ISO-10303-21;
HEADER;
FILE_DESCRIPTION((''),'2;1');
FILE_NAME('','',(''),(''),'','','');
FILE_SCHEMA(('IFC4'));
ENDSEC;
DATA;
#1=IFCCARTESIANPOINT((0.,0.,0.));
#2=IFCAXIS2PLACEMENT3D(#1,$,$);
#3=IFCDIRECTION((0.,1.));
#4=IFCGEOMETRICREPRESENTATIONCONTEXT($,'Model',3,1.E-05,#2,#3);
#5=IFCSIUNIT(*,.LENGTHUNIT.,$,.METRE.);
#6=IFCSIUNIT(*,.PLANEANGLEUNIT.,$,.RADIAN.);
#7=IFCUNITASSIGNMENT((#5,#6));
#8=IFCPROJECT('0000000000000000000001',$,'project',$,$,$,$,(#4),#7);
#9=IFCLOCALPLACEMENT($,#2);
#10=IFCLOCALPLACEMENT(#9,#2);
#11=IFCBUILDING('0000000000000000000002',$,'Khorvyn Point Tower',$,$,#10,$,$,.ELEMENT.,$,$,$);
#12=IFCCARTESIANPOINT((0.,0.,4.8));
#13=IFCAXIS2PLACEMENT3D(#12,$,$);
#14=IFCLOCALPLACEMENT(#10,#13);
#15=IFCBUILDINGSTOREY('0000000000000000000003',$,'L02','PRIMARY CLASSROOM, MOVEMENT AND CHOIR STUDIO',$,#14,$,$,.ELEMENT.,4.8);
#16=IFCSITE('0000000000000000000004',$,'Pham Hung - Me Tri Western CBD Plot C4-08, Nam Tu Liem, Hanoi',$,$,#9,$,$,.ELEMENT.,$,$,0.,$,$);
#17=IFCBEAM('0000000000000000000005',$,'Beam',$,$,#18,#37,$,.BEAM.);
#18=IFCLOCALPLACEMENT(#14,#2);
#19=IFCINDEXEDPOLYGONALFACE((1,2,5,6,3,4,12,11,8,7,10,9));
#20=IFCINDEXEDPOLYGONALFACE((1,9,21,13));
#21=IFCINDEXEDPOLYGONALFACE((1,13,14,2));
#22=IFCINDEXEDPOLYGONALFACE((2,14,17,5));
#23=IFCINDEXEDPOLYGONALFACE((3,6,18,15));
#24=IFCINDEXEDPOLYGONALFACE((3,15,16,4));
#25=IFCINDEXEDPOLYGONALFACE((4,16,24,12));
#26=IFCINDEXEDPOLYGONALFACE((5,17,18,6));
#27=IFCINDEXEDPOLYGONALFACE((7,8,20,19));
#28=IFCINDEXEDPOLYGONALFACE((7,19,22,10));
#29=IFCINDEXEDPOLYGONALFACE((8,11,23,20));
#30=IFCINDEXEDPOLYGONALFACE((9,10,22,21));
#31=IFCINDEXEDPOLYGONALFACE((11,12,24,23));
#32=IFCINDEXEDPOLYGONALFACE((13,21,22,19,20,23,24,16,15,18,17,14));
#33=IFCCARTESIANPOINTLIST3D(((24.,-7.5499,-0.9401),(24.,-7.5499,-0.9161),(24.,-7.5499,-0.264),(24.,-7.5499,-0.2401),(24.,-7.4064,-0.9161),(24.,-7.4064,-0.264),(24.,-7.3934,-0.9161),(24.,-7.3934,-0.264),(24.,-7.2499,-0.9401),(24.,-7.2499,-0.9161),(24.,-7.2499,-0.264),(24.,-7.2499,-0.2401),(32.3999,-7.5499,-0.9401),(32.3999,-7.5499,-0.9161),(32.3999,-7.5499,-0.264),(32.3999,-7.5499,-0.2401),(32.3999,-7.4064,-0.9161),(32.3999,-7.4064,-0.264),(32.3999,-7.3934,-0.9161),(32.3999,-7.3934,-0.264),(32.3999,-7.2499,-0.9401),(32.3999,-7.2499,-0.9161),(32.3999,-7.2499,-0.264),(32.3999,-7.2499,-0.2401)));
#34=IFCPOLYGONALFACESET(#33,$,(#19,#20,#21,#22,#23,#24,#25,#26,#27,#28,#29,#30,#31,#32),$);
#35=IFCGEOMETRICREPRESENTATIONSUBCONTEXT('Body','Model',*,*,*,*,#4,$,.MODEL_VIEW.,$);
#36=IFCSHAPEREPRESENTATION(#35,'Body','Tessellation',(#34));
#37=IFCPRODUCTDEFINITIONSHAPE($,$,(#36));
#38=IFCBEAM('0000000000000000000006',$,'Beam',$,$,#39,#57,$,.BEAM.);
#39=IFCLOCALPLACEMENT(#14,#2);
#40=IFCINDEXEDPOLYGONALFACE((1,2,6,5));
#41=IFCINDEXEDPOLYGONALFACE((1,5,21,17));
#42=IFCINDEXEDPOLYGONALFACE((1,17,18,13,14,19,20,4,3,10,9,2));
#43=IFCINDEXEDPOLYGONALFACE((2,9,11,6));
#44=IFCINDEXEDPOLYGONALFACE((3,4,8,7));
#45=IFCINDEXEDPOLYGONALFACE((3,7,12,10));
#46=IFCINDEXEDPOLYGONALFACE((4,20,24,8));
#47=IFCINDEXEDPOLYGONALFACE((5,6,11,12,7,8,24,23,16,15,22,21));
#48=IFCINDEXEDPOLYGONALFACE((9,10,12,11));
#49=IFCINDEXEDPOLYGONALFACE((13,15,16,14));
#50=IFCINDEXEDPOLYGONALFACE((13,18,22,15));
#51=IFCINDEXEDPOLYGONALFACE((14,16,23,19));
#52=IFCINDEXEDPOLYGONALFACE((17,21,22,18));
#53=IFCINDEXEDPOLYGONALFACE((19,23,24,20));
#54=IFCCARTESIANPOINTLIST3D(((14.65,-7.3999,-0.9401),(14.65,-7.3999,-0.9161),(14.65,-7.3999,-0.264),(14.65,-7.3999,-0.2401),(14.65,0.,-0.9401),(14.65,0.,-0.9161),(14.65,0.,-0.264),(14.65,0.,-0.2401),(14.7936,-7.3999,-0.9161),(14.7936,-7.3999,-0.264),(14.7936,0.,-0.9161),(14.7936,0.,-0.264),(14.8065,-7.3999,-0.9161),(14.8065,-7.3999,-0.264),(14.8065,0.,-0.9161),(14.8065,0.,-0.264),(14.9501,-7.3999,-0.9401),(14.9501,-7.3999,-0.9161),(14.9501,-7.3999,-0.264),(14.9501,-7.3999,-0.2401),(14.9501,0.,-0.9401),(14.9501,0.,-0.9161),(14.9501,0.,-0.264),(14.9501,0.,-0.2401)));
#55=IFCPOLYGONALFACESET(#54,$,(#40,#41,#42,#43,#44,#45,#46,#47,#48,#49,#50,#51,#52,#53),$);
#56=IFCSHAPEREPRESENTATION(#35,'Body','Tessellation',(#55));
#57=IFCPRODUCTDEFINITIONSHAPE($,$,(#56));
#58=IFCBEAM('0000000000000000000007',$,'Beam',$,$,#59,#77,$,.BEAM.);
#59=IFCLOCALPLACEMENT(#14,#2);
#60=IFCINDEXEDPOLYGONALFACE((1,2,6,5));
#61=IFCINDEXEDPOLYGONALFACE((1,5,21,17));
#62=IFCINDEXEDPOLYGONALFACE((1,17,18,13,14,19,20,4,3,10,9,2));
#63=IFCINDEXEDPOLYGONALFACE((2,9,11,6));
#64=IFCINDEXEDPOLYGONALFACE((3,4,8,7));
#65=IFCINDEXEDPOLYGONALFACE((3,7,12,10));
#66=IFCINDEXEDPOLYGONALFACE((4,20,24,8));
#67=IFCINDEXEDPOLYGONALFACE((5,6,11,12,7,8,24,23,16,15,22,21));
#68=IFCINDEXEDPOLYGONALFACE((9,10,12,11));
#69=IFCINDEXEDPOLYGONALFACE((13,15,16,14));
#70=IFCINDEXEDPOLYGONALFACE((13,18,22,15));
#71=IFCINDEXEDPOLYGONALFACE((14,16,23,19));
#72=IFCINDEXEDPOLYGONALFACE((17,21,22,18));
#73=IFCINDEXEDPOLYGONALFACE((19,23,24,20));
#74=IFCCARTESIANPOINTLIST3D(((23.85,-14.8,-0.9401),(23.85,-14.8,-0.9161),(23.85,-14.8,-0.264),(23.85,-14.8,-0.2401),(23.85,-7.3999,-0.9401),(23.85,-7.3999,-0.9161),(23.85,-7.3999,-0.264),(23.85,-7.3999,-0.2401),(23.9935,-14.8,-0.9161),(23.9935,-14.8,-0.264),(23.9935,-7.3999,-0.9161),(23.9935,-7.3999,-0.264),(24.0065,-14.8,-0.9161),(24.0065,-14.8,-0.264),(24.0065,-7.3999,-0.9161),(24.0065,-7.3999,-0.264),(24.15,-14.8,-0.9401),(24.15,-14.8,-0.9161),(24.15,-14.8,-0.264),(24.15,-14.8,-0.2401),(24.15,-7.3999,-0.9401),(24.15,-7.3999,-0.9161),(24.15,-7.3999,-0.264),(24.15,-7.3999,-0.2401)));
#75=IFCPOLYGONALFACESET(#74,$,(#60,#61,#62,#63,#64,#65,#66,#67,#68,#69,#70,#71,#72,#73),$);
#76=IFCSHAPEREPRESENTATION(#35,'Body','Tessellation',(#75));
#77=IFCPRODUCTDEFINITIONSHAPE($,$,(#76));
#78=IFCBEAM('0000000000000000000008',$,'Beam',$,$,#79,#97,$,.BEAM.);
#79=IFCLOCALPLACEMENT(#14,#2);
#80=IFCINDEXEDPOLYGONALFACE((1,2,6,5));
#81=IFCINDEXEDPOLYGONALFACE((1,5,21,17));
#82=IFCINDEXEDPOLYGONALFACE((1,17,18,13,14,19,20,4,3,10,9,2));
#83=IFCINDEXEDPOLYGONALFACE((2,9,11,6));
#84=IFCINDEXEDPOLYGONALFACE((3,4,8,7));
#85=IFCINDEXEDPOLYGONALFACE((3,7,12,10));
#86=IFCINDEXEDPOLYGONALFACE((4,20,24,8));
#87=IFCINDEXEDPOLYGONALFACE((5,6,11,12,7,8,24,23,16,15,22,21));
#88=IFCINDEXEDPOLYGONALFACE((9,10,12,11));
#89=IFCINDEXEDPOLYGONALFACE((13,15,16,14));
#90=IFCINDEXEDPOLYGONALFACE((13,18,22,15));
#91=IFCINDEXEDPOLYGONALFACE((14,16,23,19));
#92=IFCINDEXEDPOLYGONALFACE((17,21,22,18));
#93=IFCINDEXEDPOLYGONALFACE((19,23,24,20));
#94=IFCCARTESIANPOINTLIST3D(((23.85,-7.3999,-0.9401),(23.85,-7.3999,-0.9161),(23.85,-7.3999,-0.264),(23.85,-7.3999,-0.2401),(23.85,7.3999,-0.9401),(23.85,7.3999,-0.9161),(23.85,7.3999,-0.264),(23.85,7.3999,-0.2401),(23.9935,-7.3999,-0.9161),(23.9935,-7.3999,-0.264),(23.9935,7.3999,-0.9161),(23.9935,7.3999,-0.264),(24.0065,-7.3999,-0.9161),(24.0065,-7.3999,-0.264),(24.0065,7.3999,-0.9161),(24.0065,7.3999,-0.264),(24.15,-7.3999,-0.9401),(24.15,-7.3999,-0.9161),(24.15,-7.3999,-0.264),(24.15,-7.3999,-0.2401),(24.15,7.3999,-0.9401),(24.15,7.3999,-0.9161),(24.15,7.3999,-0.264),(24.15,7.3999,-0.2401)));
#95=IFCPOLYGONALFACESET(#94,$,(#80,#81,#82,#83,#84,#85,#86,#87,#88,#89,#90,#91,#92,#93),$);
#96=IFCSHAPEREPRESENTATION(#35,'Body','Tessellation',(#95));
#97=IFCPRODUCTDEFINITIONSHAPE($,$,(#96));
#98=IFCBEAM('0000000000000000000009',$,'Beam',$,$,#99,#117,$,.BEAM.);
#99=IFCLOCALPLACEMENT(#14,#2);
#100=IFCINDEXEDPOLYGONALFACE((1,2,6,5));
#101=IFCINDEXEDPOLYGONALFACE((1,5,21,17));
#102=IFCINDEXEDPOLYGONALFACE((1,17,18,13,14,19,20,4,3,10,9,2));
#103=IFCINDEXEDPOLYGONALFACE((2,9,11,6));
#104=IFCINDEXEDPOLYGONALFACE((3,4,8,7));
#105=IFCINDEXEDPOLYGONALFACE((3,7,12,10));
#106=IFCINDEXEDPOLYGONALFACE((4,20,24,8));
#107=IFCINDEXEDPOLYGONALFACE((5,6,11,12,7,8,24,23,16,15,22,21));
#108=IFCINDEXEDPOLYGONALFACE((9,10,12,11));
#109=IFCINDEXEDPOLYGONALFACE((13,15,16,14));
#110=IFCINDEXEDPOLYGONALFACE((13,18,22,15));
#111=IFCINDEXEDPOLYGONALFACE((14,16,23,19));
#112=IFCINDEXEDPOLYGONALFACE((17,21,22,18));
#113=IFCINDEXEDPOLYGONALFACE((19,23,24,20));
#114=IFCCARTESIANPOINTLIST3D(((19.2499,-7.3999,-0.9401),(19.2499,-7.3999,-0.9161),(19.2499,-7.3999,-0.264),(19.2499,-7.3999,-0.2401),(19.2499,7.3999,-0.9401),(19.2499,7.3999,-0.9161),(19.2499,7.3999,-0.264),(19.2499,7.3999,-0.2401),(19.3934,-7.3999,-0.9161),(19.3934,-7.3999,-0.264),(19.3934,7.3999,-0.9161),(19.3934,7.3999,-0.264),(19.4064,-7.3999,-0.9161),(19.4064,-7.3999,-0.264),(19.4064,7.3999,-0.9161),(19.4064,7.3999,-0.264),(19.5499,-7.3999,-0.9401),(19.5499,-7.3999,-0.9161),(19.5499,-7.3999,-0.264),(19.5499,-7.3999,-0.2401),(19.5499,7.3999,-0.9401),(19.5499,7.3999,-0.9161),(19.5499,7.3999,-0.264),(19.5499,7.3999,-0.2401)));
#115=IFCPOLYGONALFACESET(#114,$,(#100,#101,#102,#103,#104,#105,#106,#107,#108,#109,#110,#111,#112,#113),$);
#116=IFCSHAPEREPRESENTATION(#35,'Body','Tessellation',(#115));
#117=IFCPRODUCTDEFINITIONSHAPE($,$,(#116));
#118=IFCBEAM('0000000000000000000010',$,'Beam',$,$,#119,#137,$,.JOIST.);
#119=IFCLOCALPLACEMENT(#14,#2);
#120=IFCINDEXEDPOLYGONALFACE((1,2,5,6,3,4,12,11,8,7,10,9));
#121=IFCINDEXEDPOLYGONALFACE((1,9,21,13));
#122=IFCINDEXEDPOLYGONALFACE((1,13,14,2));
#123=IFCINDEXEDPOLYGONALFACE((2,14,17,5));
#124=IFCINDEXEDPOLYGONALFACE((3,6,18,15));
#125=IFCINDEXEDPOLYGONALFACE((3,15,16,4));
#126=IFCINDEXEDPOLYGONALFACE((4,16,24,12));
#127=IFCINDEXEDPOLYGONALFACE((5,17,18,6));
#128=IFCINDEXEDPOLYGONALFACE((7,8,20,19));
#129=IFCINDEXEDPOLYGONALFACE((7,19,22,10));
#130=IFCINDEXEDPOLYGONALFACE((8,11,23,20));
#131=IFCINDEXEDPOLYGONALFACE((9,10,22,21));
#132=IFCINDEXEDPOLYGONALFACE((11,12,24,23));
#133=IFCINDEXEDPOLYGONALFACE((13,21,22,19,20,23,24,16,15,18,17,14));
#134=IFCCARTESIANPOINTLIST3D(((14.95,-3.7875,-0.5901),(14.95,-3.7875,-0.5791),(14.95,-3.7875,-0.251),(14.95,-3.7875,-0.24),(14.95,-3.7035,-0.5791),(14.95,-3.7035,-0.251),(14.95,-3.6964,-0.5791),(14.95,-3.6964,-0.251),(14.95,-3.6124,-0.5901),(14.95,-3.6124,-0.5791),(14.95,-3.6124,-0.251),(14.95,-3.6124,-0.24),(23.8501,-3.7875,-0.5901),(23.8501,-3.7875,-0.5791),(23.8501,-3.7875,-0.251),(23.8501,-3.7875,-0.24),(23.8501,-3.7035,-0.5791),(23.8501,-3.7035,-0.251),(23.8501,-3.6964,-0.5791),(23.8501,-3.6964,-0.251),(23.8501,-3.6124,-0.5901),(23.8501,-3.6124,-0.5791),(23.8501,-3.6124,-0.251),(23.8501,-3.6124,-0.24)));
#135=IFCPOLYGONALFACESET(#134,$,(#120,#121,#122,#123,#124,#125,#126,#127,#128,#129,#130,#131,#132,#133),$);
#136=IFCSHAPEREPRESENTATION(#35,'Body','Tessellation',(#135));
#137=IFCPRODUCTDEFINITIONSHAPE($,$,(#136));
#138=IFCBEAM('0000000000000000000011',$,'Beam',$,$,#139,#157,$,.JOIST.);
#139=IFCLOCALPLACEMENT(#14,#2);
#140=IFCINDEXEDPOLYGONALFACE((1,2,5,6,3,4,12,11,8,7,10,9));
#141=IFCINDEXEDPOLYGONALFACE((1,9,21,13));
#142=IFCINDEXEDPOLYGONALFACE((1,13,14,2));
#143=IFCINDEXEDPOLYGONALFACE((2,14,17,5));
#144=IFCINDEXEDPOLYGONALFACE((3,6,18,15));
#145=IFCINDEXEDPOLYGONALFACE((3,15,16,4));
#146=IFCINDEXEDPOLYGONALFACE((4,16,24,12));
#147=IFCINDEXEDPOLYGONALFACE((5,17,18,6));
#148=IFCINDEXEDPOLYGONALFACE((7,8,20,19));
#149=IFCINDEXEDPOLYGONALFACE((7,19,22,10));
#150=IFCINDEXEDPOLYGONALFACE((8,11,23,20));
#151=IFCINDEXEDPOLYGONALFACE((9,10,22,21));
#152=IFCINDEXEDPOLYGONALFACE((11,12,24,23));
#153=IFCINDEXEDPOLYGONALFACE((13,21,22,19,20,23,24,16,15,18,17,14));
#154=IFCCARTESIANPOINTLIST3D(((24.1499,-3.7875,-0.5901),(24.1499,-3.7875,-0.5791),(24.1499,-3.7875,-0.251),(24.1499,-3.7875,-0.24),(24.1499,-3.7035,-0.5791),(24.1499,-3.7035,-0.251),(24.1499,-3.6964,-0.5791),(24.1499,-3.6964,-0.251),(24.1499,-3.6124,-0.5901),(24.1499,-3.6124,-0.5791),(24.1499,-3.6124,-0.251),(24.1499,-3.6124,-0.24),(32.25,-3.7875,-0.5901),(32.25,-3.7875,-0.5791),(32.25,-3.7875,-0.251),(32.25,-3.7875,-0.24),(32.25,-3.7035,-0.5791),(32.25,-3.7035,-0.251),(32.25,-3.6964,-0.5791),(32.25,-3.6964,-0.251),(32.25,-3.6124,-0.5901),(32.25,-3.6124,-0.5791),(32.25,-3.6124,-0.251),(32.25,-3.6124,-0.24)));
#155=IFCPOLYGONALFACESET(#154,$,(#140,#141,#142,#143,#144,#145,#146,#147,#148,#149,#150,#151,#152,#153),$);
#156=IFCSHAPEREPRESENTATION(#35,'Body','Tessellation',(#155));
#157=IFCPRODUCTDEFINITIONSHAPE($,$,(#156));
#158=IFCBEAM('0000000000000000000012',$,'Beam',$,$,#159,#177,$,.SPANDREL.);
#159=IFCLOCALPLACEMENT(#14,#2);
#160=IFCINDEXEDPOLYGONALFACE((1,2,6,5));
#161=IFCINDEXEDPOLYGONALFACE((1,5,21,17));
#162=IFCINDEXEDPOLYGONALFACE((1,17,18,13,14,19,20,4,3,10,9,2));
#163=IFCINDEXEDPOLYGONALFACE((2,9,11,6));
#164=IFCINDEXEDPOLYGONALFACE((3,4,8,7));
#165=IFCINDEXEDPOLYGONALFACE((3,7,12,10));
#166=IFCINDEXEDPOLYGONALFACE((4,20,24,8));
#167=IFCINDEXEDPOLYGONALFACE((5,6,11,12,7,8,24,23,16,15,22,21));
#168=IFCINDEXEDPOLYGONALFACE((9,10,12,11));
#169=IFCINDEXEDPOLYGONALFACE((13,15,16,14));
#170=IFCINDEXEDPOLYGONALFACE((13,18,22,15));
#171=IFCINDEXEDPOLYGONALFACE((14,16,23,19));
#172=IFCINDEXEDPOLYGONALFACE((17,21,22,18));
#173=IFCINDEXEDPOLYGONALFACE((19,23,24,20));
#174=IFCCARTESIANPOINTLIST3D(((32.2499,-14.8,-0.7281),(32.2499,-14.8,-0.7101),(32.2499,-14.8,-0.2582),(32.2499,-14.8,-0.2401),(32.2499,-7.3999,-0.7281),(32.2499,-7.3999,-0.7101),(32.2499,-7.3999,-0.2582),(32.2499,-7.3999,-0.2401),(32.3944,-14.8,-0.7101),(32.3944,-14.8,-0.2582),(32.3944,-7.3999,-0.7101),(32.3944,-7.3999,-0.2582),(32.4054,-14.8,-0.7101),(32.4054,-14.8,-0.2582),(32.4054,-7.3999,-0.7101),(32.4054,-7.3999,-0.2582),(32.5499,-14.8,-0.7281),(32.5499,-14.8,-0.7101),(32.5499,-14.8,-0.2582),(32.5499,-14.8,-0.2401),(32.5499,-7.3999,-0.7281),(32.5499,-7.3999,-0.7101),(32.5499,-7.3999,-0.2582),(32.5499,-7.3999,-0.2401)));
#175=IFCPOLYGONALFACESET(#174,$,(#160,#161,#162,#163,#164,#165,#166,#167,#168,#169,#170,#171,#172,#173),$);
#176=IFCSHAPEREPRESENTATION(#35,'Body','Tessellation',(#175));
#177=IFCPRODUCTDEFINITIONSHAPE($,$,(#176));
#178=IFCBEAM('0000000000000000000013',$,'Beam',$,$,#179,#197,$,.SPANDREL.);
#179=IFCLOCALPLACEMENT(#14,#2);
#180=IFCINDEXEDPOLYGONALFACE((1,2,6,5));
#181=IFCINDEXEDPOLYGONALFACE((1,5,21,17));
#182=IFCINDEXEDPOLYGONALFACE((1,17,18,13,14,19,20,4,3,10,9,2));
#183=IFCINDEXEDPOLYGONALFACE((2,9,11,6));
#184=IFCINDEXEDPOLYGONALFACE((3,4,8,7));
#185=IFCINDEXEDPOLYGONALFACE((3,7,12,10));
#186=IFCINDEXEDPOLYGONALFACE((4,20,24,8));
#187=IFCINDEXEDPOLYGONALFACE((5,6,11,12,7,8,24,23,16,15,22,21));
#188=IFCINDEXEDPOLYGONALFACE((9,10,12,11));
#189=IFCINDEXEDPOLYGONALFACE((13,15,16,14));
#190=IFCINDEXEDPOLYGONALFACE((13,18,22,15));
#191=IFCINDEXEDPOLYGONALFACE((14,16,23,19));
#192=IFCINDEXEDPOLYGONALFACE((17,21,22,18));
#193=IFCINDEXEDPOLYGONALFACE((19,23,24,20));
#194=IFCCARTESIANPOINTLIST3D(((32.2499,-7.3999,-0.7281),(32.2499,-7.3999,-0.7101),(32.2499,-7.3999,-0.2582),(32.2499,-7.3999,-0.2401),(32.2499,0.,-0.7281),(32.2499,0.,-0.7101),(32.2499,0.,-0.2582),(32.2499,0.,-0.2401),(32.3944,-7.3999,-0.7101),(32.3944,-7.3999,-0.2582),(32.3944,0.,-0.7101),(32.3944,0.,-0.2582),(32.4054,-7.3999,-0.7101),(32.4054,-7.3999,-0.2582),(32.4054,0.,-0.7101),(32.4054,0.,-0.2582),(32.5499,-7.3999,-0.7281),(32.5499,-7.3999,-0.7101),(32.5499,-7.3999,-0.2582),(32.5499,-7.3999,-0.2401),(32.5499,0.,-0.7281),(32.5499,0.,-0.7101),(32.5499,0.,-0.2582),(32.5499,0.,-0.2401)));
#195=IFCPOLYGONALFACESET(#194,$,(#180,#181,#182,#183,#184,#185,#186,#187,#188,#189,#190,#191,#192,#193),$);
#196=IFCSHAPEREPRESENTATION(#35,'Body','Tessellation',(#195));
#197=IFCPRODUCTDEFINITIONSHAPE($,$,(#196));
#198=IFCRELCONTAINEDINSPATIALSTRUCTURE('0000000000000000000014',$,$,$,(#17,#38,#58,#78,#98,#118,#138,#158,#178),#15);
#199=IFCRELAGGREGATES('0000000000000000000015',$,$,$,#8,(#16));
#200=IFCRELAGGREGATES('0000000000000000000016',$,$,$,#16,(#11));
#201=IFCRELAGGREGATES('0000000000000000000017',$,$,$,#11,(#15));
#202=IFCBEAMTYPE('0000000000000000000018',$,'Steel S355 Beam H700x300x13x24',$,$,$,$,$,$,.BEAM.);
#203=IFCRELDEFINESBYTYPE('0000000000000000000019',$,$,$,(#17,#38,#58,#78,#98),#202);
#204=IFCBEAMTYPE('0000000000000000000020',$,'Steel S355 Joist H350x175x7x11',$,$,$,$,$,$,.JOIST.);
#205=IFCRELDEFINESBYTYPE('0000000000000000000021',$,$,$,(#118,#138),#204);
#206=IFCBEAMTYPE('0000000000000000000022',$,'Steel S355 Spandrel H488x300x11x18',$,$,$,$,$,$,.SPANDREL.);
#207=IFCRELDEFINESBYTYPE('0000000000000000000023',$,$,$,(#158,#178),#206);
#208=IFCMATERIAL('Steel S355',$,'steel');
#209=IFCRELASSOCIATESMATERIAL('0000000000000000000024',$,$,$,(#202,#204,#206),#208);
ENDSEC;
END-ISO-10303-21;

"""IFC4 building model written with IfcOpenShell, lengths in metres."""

from ifc_helpers import new_model, si_unit, direction, frame, origin, origin_2d, place, context, subcontext, project, spatial, i_section, extrude, material, material_profile, profile_set, type_object, element, save


model = new_model("IFC4")

# Units and contexts
model_context = context("Model", 3, precision=1e-05, world=origin(), true_north=direction((0.0, 1.0)))
body_context = subcontext(model_context, "Body", "Model", "MODEL_VIEW")
ifc_project = project(units=[si_unit("LENGTHUNIT", "METRE"), si_unit("PLANEANGLEUNIT", "RADIAN")], contexts=[model_context])

# Site, building, storey
site_placement = place(None, origin())
site = spatial("IfcSite", under=ifc_project, at=site_placement, Name="Pham Hung - Me Tri Western CBD Plot C4-08, Nam Tu Liem, Hanoi", CompositionType="ELEMENT", RefElevation=0.0)
building_placement = place(site_placement, origin())
building = spatial("IfcBuilding", under=site, at=building_placement, Name="Khorvyn Point Tower", CompositionType="ELEMENT")
storey_placement = place(building_placement, frame((0.0, 0.0, 4.8)))
storey = spatial("IfcBuildingStorey", under=building, at=storey_placement, Name="L02", Description="PRIMARY CLASSROOM, MOVEMENT AND CHOIR STUDIO", CompositionType="ELEMENT", Elevation=4.8)

# Beams
ifc_material_1 = material(Name="Steel S355", Category="steel")
ifc_material_profile_1 = material_profile(ifc_material_1, i_section(OverallWidth=0.3, OverallDepth=0.7, WebThickness=0.0129, FlangeThickness=0.0239, at=origin_2d()))
ifc_profile_set_1 = profile_set([ifc_material_profile_1], Name="Steel S355 H700x300x13x24")
beam_type_1 = type_object("IfcBeamType", Name="Steel S355 Beam H700x300x13x24", PredefinedType="BEAM", material=ifc_profile_set_1)
beam_1_placement = place(storey_placement, frame((24.0, -7.3999, -0.5901), z_axis=(1.0, 0.0, 0.0), x_axis=(0.0, 1.0, 0.0)))
element("IfcBeam", 1, at=beam_1_placement, inside=storey, type_object=beam_type_1, Name="Beam", PredefinedType="BEAM", context=body_context, shape_type="SweptSolid", body=[
    extrude(i_section(OverallWidth=0.3, OverallDepth=0.7, WebThickness=0.0129, FlangeThickness=0.0239, at=origin_2d()), origin(), (0.0, 0.0, 1.0), 8.3999),
])
beam_2_placement = place(storey_placement, frame((14.8, -7.3999, -0.5901), z_axis=(0.0, 1.0, 0.0), x_axis=(-1.0, 0.0, 0.0)))
element("IfcBeam", 2, at=beam_2_placement, inside=storey, type_object=beam_type_1, Name="Beam", PredefinedType="BEAM", context=body_context, shape_type="SweptSolid", body=[
    extrude(i_section(OverallWidth=0.3, OverallDepth=0.7, WebThickness=0.0129, FlangeThickness=0.0239, at=origin_2d()), origin(), (0.0, 0.0, 1.0), 7.3999),
])
beam_3_placement = place(storey_placement, frame((24.0, -14.8, -0.5901), z_axis=(0.0, 1.0, 0.0), x_axis=(-1.0, 0.0, 0.0)))
element("IfcBeam", 3, at=beam_3_placement, inside=storey, type_object=beam_type_1, Name="Beam", PredefinedType="BEAM", context=body_context, shape_type="SweptSolid", body=[
    extrude(i_section(OverallWidth=0.3, OverallDepth=0.7, WebThickness=0.0129, FlangeThickness=0.0239, at=origin_2d()), origin(), (0.0, 0.0, 1.0), 7.4001),
])
for number, where, z_axis, x_axis, name in (
    (4, (24.0, -7.3999, -0.5901), (0.0, 1.0, 0.0), (-1.0, 0.0, 0.0), "Beam"),
    (5, (19.3999, -7.3999, -0.5901), (0.0, 1.0, 0.0), (-1.0, 0.0, 0.0), "Beam"),
):
    element("IfcBeam", number, at=place(storey_placement, frame(where, z_axis=z_axis, x_axis=x_axis)), inside=storey, type_object=beam_type_1, Name=name, PredefinedType="BEAM", context=body_context, shape_type="SweptSolid", body=[
        extrude(i_section(OverallWidth=0.3, OverallDepth=0.7, WebThickness=0.0129, FlangeThickness=0.0239, at=origin_2d()), origin(), (0.0, 0.0, 1.0), 14.7998),
    ])
ifc_material_profile_2 = material_profile(ifc_material_1, i_section(OverallWidth=0.175, OverallDepth=0.3501, WebThickness=0.0071, FlangeThickness=0.011, at=origin_2d()))
ifc_profile_set_2 = profile_set([ifc_material_profile_2], Name="Steel S355 H350x175x7x11")
beam_type_2 = type_object("IfcBeamType", Name="Steel S355 Joist H350x175x7x11", PredefinedType="JOIST", material=ifc_profile_set_2)
beam_4_placement = place(storey_placement, frame((14.95, -3.7, -0.415), z_axis=(1.0, 0.0, 0.0), x_axis=(0.0, 1.0, 0.0)))
element("IfcBeam", 6, at=beam_4_placement, inside=storey, type_object=beam_type_2, Name="Beam", PredefinedType="JOIST", context=body_context, shape_type="SweptSolid", body=[
    extrude(i_section(OverallWidth=0.175, OverallDepth=0.3501, WebThickness=0.0071, FlangeThickness=0.011, at=origin_2d()), origin(), (0.0, 0.0, 1.0), 8.9001),
])
beam_5_placement = place(storey_placement, frame((24.1499, -3.7, -0.415), z_axis=(1.0, 0.0, 0.0), x_axis=(0.0, 1.0, 0.0)))
element("IfcBeam", 7, at=beam_5_placement, inside=storey, type_object=beam_type_2, Name="Beam", PredefinedType="JOIST", context=body_context, shape_type="SweptSolid", body=[
    extrude(i_section(OverallWidth=0.175, OverallDepth=0.3501, WebThickness=0.0071, FlangeThickness=0.011, at=origin_2d()), origin(), (0.0, 0.0, 1.0), 8.1001),
])
ifc_material_profile_3 = material_profile(ifc_material_1, i_section(OverallWidth=0.3, OverallDepth=0.488, WebThickness=0.011, FlangeThickness=0.0181, at=origin_2d()))
ifc_profile_set_3 = profile_set([ifc_material_profile_3], Name="Steel S355 H488x300x11x18")
beam_type_3 = type_object("IfcBeamType", Name="Steel S355 Spandrel H488x300x11x18", PredefinedType="SPANDREL", material=ifc_profile_set_3)
beam_6_placement = place(storey_placement, frame((32.3999, -14.8, -0.4841), z_axis=(0.0, 1.0, 0.0), x_axis=(-1.0, 0.0, 0.0)))
element("IfcBeam", 8, at=beam_6_placement, inside=storey, type_object=beam_type_3, Name="Beam", PredefinedType="SPANDREL", context=body_context, shape_type="SweptSolid", body=[
    extrude(i_section(OverallWidth=0.3, OverallDepth=0.488, WebThickness=0.011, FlangeThickness=0.0181, at=origin_2d()), origin(), (0.0, 0.0, 1.0), 7.4001),
])
beam_7_placement = place(storey_placement, frame((32.3999, -7.3999, -0.4841), z_axis=(0.0, 1.0, 0.0), x_axis=(-1.0, 0.0, 0.0)))
element("IfcBeam", 9, at=beam_7_placement, inside=storey, type_object=beam_type_3, Name="Beam", PredefinedType="SPANDREL", context=body_context, shape_type="SweptSolid", body=[
    extrude(i_section(OverallWidth=0.3, OverallDepth=0.488, WebThickness=0.011, FlangeThickness=0.0181, at=origin_2d()), origin(), (0.0, 0.0, 1.0), 7.3999),
])

save(model, "model.ifc")
